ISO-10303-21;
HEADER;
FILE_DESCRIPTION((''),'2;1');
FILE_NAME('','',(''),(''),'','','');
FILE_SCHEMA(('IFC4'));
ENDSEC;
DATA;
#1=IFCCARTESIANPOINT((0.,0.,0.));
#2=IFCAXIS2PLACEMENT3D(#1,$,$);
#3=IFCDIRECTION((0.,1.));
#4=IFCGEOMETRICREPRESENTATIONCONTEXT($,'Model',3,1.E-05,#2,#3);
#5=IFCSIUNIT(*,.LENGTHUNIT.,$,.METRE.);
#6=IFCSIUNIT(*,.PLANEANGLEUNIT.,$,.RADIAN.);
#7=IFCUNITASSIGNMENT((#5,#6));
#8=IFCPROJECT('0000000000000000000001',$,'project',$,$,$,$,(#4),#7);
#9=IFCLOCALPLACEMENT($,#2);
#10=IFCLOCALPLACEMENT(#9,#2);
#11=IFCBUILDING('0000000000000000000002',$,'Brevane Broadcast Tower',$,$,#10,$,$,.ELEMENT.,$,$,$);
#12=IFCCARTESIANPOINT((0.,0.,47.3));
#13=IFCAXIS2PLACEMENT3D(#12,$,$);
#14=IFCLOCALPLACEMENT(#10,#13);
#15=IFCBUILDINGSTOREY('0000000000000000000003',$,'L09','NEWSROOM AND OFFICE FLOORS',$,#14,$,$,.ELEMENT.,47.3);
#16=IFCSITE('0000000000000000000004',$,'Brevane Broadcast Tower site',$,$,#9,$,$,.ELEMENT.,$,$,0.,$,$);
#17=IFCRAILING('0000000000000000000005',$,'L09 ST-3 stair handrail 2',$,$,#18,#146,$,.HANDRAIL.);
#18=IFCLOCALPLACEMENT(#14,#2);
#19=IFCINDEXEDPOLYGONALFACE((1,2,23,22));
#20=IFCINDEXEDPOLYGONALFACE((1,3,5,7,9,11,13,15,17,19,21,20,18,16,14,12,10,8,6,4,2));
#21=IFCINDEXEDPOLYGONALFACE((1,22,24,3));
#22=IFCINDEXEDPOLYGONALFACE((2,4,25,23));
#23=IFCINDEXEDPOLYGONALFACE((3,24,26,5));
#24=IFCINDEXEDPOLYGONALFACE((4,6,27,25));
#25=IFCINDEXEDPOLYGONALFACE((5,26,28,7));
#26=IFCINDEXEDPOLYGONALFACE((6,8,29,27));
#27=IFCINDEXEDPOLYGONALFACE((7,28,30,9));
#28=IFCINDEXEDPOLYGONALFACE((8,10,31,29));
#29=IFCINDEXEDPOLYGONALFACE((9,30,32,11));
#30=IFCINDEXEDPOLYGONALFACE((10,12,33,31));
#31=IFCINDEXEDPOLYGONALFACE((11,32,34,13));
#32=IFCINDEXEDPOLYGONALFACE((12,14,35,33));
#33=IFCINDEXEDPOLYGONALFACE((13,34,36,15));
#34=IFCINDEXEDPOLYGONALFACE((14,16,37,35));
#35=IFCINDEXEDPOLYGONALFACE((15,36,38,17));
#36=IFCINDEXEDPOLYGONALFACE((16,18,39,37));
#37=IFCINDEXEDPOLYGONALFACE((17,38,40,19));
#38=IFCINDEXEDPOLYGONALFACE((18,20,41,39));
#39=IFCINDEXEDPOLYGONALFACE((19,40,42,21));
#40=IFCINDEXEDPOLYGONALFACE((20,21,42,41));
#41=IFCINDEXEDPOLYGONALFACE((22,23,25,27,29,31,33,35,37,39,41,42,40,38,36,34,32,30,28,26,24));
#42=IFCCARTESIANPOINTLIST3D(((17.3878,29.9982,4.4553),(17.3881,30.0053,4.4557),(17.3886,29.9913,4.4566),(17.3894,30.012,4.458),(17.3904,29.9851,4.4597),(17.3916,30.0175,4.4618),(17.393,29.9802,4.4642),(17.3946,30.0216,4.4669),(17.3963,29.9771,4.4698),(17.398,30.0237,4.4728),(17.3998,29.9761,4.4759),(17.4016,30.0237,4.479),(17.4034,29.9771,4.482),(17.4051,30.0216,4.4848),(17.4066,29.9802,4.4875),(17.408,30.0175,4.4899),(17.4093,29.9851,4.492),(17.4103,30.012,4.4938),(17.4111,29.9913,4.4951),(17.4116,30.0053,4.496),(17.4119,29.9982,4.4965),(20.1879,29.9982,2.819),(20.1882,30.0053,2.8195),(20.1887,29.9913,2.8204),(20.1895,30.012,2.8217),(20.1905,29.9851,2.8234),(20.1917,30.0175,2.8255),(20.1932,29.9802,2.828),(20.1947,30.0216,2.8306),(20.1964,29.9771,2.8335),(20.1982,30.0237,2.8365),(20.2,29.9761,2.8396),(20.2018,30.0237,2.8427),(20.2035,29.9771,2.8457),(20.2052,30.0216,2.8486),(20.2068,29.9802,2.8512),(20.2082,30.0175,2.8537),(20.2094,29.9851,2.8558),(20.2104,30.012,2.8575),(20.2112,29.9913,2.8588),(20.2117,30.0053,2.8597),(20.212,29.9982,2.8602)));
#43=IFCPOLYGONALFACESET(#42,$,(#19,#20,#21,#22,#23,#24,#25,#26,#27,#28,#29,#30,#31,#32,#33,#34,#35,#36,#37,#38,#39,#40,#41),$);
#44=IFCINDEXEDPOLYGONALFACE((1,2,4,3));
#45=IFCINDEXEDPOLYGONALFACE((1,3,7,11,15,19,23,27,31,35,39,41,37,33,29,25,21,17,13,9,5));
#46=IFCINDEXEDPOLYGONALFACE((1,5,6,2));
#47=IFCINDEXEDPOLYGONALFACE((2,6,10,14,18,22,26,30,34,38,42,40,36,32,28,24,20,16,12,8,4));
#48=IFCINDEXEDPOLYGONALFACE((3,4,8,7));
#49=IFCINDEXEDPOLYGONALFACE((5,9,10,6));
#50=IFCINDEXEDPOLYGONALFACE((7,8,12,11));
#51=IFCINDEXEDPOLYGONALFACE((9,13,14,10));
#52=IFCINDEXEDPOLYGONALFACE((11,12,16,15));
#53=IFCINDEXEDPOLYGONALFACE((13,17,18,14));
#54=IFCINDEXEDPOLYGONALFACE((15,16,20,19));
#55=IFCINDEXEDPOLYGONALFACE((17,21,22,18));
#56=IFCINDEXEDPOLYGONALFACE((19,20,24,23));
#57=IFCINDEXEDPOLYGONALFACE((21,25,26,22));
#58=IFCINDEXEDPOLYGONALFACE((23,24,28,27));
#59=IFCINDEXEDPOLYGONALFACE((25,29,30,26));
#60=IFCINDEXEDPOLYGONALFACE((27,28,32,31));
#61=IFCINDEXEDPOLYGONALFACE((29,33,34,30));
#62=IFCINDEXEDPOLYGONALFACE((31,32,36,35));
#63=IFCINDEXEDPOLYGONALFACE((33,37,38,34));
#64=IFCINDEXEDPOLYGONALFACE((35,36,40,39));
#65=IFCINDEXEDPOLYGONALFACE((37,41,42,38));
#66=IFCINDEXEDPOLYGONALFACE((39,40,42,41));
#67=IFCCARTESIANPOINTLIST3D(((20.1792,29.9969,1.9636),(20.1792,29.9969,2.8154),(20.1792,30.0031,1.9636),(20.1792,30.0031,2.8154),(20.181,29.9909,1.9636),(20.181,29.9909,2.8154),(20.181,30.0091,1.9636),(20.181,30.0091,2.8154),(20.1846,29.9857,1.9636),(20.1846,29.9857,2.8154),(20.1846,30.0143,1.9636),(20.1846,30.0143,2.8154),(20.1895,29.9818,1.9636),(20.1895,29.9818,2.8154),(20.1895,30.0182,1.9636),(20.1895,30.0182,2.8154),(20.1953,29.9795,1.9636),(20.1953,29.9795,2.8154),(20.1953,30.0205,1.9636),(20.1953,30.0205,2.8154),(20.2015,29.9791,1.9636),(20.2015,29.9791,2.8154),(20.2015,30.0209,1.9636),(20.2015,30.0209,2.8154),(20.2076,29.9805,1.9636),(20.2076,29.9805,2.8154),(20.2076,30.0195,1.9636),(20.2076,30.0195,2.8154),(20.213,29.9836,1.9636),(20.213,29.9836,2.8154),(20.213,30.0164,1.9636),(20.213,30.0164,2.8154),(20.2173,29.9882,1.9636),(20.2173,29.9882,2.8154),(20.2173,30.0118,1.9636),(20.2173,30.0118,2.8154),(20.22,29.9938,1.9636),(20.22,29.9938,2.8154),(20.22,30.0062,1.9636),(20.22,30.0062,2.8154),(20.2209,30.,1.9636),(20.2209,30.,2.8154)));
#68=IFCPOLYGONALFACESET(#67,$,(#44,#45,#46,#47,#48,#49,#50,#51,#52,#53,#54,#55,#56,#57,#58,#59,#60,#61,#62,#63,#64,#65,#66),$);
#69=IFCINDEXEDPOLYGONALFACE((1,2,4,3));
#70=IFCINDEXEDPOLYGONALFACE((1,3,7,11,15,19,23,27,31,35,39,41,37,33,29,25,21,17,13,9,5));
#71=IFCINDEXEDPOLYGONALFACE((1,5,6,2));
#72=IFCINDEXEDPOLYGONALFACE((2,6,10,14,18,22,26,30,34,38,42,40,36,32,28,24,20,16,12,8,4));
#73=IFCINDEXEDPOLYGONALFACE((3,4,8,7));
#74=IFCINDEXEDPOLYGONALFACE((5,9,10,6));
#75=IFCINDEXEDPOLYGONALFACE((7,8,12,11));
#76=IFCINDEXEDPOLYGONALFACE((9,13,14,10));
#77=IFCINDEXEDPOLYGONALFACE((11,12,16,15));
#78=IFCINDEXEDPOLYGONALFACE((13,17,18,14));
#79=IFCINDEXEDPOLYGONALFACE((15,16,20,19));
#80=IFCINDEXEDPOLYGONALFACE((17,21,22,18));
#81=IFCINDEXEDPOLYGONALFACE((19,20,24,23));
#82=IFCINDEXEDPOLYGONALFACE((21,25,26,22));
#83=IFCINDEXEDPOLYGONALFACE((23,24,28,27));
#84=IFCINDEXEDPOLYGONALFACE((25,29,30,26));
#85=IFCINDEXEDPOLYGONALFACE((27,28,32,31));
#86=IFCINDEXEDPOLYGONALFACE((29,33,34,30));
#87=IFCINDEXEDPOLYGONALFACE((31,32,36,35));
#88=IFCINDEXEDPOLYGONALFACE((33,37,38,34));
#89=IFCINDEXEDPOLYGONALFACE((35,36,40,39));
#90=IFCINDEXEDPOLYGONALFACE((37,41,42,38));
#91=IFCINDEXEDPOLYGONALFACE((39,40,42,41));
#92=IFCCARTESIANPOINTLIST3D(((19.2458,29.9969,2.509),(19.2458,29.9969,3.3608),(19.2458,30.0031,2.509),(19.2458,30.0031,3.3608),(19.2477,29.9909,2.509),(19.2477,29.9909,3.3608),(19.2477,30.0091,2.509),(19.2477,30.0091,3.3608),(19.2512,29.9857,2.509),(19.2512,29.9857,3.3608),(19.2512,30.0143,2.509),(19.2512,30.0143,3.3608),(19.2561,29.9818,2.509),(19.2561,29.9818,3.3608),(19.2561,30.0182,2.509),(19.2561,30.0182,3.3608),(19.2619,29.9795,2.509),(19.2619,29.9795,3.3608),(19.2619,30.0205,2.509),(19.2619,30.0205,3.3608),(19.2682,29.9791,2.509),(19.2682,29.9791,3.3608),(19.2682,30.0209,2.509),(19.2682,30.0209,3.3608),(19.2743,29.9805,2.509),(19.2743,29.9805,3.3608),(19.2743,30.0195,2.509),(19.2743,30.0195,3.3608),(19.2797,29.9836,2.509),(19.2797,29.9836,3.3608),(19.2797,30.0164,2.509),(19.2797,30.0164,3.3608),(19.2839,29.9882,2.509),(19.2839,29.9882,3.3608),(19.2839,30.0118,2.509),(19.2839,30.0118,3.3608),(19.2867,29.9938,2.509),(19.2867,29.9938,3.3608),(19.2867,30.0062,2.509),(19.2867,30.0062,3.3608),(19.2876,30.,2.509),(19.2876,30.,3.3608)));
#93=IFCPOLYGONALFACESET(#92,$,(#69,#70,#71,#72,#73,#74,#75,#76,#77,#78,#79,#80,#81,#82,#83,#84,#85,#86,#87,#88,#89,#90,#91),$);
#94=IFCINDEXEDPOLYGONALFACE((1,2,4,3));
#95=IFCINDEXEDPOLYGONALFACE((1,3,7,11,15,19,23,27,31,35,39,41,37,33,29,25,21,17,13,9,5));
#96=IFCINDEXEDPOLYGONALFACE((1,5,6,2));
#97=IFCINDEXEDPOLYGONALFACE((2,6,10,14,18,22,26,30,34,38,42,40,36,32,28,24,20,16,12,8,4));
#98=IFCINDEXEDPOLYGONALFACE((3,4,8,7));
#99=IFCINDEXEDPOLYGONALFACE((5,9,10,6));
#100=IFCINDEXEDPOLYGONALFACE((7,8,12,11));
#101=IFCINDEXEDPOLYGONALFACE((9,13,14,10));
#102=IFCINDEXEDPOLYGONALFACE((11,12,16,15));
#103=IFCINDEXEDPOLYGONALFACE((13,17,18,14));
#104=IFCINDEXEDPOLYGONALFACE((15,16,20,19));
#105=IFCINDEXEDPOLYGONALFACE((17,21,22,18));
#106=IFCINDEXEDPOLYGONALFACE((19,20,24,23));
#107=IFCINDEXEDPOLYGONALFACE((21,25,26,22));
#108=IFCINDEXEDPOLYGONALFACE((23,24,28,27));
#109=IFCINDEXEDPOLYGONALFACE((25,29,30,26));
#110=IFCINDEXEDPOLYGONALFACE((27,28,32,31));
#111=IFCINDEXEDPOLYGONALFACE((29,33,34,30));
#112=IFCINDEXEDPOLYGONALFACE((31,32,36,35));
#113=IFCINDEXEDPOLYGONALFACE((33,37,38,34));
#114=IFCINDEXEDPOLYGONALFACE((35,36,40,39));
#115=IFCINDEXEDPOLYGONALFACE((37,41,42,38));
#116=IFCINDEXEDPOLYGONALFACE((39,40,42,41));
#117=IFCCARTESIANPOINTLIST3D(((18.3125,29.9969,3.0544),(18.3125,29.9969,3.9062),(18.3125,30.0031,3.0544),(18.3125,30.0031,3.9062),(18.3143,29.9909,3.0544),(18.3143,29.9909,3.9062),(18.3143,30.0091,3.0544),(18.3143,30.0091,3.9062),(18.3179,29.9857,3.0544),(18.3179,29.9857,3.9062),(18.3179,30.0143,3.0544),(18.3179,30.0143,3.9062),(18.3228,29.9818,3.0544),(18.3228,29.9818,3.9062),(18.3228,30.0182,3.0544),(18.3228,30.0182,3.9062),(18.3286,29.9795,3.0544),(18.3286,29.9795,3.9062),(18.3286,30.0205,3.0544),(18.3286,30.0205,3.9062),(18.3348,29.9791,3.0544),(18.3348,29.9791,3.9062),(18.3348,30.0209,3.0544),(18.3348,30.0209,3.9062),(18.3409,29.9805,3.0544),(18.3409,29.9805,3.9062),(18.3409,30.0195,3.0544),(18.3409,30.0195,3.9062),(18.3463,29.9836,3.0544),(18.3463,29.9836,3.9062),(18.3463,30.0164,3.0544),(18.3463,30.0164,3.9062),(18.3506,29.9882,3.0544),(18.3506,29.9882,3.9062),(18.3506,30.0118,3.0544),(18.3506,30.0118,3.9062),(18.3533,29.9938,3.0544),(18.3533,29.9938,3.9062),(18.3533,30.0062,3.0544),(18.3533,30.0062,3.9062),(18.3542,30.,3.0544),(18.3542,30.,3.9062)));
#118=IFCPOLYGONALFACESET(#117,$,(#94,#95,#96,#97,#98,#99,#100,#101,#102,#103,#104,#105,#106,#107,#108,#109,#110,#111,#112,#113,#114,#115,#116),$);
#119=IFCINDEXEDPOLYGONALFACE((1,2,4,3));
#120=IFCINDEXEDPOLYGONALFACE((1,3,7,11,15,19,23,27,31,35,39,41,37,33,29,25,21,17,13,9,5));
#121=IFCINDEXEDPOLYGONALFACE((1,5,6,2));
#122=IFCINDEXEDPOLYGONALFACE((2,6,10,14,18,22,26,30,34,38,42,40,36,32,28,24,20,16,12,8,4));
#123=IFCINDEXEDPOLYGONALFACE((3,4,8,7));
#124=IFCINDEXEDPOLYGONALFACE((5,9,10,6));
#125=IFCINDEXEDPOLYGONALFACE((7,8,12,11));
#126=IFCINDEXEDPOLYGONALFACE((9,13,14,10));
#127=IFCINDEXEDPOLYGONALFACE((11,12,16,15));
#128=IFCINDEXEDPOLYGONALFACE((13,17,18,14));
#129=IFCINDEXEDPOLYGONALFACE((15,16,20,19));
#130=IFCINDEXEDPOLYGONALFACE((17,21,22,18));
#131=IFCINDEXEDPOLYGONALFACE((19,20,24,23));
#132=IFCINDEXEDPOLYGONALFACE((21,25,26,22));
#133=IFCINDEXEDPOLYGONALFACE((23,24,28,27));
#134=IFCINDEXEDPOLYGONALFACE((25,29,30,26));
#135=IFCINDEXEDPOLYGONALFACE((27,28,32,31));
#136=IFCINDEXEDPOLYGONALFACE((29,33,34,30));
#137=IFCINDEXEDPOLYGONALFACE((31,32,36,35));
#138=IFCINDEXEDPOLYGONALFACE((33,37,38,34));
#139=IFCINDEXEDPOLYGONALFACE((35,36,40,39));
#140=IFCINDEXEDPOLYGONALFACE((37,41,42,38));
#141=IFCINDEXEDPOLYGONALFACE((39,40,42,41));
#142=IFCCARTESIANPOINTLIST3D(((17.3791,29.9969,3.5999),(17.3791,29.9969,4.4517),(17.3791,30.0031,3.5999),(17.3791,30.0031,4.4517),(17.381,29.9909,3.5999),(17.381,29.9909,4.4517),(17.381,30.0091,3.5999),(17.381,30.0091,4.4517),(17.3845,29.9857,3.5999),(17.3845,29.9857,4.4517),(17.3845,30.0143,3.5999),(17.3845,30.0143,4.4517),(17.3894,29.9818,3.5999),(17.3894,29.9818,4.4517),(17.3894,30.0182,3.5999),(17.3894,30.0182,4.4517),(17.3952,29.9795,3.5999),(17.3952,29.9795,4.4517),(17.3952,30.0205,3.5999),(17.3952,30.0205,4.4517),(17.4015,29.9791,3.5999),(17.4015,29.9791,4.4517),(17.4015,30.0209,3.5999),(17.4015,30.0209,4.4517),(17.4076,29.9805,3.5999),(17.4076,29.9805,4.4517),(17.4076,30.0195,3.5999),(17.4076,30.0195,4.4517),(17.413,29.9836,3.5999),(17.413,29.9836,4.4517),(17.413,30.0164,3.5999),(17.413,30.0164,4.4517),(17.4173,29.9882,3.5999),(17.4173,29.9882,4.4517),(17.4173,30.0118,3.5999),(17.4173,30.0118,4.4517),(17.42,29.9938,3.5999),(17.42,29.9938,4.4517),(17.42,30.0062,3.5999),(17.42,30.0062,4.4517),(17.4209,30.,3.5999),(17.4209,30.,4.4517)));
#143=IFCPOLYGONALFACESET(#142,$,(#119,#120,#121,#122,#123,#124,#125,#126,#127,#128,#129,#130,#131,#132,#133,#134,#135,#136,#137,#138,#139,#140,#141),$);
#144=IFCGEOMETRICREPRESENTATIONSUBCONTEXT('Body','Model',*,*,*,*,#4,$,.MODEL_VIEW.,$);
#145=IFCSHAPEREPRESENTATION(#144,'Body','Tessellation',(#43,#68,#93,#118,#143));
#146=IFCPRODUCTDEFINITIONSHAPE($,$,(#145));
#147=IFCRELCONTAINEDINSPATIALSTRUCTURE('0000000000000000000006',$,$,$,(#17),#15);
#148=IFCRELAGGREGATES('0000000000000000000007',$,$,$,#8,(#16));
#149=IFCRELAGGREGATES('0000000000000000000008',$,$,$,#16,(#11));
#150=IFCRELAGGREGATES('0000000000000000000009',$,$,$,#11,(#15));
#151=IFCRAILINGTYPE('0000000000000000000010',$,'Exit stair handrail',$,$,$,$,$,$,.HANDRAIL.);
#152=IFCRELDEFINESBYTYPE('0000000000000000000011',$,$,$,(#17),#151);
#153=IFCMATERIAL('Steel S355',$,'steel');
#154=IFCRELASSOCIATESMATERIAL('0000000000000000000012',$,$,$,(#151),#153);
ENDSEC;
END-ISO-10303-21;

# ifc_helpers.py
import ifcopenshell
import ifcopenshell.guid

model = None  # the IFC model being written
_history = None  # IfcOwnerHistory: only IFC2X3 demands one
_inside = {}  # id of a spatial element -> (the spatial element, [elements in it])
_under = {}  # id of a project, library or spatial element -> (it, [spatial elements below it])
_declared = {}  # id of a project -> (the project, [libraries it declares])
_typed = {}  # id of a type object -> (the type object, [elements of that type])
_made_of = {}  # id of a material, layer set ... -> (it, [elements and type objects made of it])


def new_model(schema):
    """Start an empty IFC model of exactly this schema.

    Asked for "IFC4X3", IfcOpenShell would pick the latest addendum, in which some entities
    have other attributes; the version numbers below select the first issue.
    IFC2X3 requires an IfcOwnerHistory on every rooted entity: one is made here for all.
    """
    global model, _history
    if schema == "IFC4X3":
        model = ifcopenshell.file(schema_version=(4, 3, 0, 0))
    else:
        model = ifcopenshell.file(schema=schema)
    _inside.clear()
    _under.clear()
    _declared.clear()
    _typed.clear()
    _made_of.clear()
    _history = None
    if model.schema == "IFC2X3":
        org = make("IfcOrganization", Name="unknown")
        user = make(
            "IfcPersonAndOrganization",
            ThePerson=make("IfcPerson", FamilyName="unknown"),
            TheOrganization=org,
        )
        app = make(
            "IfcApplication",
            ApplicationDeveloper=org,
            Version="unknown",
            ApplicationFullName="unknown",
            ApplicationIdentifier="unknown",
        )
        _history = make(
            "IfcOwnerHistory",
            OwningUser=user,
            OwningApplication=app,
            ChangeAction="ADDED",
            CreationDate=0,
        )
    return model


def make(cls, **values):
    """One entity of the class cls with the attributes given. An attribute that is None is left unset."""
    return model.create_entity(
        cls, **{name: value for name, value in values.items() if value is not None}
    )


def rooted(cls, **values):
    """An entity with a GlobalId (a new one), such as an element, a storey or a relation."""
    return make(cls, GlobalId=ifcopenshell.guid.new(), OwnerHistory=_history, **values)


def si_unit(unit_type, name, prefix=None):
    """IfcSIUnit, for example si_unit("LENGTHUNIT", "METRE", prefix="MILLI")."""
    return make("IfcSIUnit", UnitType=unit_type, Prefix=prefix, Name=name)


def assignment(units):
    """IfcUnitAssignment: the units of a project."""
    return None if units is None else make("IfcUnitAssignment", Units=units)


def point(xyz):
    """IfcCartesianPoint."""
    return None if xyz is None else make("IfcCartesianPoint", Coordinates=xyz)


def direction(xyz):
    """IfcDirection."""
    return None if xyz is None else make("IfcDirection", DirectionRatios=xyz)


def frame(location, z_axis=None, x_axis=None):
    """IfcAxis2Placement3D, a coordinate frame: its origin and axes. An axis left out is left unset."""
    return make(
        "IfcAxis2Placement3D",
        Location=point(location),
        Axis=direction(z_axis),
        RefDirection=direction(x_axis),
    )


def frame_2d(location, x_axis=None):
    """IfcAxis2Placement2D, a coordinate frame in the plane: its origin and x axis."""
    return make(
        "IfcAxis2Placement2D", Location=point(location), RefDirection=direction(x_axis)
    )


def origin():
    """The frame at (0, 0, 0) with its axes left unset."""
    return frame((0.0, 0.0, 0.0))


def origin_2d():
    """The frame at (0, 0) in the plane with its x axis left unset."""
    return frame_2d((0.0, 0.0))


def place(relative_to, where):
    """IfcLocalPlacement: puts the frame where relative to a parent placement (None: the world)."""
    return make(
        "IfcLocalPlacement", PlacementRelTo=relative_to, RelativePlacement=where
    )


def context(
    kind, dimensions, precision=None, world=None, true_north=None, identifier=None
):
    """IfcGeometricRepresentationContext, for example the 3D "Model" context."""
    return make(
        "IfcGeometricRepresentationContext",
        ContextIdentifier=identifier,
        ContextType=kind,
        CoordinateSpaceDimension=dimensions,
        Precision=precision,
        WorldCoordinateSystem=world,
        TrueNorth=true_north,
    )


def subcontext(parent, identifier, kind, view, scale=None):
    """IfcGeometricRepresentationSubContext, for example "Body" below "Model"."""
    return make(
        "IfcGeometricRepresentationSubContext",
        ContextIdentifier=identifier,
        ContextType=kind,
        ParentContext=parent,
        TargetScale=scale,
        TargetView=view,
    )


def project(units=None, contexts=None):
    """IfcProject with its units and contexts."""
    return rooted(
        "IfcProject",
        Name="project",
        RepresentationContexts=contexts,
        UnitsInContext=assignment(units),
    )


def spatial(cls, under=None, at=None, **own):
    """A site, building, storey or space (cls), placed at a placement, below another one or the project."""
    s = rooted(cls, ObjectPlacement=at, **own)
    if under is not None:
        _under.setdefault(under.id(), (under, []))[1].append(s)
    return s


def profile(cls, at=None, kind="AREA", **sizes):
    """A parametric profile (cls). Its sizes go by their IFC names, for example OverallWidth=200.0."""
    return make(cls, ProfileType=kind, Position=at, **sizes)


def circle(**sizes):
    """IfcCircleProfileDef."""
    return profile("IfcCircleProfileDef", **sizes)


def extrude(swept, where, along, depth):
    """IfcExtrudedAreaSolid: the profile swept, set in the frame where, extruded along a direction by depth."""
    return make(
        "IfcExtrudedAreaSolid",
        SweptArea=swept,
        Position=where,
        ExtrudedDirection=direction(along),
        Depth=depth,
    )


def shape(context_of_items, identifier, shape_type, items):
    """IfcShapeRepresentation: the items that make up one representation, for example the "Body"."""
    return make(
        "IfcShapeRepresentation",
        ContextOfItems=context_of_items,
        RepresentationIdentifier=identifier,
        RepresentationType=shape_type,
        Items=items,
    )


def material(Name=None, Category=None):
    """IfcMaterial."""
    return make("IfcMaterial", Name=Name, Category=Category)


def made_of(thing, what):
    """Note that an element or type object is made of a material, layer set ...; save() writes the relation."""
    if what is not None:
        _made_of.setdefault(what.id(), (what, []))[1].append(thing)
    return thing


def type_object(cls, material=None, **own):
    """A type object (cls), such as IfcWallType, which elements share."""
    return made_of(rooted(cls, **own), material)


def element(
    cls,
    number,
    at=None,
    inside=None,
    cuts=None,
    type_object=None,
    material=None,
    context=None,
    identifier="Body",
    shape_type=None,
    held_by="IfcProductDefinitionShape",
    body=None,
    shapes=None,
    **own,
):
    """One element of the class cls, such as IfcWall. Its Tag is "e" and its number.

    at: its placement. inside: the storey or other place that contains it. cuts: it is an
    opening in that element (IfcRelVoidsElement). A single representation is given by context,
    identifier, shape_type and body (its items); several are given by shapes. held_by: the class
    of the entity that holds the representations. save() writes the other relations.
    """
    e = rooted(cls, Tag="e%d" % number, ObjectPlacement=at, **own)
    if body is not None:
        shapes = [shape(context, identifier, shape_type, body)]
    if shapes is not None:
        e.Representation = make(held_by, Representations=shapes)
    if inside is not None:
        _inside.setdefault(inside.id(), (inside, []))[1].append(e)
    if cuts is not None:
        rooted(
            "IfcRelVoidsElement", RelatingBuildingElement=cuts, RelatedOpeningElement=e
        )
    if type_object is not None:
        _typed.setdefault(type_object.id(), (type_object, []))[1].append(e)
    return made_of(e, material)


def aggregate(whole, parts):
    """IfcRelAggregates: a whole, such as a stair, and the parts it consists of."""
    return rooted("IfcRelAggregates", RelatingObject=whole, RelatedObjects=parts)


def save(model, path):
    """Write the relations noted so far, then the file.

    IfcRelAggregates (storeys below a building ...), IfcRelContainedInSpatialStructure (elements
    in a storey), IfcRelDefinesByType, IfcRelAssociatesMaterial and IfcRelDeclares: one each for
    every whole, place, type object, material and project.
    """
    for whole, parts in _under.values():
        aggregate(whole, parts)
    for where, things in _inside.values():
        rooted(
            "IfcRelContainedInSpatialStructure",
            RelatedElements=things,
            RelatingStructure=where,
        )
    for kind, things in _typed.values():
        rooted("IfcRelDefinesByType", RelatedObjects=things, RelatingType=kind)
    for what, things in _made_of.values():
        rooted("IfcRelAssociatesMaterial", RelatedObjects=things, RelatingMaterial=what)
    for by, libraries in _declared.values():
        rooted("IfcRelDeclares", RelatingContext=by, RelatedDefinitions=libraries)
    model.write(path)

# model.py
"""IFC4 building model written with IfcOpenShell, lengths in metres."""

from ifc_helpers import new_model, si_unit, direction, frame, origin, origin_2d, place, context, subcontext, project, spatial, circle, extrude, material, type_object, element, save


model = new_model("IFC4")

# Units and contexts
model_context = context("Model", 3, precision=1e-05, world=origin(), true_north=direction((0.0, 1.0)))
body_context = subcontext(model_context, "Body", "Model", "MODEL_VIEW")
ifc_project = project(units=[si_unit("LENGTHUNIT", "METRE"), si_unit("PLANEANGLEUNIT", "RADIAN")], contexts=[model_context])

# Site, building, storey
site_placement = place(None, origin())
site = spatial("IfcSite", under=ifc_project, at=site_placement, Name="Brevane Broadcast Tower site", CompositionType="ELEMENT", RefElevation=0.0)
building_placement = place(site_placement, origin())
building = spatial("IfcBuilding", under=site, at=building_placement, Name="Brevane Broadcast Tower", CompositionType="ELEMENT")
storey_placement = place(building_placement, frame((0.0, 0.0, 47.3)))
storey = spatial("IfcBuildingStorey", under=building, at=storey_placement, Name="L09", Description="NEWSROOM AND OFFICE FLOORS", CompositionType="ELEMENT", Elevation=47.3)

# Railing
ifc_material_1 = material(Name="Steel S355", Category="steel")
railing_type_1 = type_object("IfcRailingType", Name="Exit stair handrail", PredefinedType="HANDRAIL", material=ifc_material_1)
railing_1_placement = place(storey_placement, frame((20.2, 30.0, 1.9636)))
element("IfcRailing", 1, at=railing_1_placement, inside=storey, type_object=railing_type_1, Name="L09 ST-3 stair handrail 2", PredefinedType="HANDRAIL", context=body_context, shape_type="SweptSolid", body=[
    extrude(circle(Radius=0.0239, at=origin_2d()), frame((0.0, 0.0, 0.876), z_axis=(-0.863394, 0.0, 0.504531), x_axis=(0.0, -1.0, 0.0)), (0.0, 0.0, 1.0), 3.2432),
    extrude(circle(Radius=0.021, at=origin_2d()), origin(), (0.0, 0.0, 1.0), 0.8518),
    extrude(circle(Radius=0.021, at=origin_2d()), frame((-0.9333, 0.0, 0.5454)), (0.0, 0.0, 1.0), 0.8518),
    extrude(circle(Radius=0.021, at=origin_2d()), frame((-1.8667, 0.0, 1.0908)), (0.0, 0.0, 1.0), 0.8518),
    extrude(circle(Radius=0.021, at=origin_2d()), frame((-2.8, 0.0, 1.6362)), (0.0, 0.0, 1.0), 0.8518),
])

save(model, "model.ifc")
